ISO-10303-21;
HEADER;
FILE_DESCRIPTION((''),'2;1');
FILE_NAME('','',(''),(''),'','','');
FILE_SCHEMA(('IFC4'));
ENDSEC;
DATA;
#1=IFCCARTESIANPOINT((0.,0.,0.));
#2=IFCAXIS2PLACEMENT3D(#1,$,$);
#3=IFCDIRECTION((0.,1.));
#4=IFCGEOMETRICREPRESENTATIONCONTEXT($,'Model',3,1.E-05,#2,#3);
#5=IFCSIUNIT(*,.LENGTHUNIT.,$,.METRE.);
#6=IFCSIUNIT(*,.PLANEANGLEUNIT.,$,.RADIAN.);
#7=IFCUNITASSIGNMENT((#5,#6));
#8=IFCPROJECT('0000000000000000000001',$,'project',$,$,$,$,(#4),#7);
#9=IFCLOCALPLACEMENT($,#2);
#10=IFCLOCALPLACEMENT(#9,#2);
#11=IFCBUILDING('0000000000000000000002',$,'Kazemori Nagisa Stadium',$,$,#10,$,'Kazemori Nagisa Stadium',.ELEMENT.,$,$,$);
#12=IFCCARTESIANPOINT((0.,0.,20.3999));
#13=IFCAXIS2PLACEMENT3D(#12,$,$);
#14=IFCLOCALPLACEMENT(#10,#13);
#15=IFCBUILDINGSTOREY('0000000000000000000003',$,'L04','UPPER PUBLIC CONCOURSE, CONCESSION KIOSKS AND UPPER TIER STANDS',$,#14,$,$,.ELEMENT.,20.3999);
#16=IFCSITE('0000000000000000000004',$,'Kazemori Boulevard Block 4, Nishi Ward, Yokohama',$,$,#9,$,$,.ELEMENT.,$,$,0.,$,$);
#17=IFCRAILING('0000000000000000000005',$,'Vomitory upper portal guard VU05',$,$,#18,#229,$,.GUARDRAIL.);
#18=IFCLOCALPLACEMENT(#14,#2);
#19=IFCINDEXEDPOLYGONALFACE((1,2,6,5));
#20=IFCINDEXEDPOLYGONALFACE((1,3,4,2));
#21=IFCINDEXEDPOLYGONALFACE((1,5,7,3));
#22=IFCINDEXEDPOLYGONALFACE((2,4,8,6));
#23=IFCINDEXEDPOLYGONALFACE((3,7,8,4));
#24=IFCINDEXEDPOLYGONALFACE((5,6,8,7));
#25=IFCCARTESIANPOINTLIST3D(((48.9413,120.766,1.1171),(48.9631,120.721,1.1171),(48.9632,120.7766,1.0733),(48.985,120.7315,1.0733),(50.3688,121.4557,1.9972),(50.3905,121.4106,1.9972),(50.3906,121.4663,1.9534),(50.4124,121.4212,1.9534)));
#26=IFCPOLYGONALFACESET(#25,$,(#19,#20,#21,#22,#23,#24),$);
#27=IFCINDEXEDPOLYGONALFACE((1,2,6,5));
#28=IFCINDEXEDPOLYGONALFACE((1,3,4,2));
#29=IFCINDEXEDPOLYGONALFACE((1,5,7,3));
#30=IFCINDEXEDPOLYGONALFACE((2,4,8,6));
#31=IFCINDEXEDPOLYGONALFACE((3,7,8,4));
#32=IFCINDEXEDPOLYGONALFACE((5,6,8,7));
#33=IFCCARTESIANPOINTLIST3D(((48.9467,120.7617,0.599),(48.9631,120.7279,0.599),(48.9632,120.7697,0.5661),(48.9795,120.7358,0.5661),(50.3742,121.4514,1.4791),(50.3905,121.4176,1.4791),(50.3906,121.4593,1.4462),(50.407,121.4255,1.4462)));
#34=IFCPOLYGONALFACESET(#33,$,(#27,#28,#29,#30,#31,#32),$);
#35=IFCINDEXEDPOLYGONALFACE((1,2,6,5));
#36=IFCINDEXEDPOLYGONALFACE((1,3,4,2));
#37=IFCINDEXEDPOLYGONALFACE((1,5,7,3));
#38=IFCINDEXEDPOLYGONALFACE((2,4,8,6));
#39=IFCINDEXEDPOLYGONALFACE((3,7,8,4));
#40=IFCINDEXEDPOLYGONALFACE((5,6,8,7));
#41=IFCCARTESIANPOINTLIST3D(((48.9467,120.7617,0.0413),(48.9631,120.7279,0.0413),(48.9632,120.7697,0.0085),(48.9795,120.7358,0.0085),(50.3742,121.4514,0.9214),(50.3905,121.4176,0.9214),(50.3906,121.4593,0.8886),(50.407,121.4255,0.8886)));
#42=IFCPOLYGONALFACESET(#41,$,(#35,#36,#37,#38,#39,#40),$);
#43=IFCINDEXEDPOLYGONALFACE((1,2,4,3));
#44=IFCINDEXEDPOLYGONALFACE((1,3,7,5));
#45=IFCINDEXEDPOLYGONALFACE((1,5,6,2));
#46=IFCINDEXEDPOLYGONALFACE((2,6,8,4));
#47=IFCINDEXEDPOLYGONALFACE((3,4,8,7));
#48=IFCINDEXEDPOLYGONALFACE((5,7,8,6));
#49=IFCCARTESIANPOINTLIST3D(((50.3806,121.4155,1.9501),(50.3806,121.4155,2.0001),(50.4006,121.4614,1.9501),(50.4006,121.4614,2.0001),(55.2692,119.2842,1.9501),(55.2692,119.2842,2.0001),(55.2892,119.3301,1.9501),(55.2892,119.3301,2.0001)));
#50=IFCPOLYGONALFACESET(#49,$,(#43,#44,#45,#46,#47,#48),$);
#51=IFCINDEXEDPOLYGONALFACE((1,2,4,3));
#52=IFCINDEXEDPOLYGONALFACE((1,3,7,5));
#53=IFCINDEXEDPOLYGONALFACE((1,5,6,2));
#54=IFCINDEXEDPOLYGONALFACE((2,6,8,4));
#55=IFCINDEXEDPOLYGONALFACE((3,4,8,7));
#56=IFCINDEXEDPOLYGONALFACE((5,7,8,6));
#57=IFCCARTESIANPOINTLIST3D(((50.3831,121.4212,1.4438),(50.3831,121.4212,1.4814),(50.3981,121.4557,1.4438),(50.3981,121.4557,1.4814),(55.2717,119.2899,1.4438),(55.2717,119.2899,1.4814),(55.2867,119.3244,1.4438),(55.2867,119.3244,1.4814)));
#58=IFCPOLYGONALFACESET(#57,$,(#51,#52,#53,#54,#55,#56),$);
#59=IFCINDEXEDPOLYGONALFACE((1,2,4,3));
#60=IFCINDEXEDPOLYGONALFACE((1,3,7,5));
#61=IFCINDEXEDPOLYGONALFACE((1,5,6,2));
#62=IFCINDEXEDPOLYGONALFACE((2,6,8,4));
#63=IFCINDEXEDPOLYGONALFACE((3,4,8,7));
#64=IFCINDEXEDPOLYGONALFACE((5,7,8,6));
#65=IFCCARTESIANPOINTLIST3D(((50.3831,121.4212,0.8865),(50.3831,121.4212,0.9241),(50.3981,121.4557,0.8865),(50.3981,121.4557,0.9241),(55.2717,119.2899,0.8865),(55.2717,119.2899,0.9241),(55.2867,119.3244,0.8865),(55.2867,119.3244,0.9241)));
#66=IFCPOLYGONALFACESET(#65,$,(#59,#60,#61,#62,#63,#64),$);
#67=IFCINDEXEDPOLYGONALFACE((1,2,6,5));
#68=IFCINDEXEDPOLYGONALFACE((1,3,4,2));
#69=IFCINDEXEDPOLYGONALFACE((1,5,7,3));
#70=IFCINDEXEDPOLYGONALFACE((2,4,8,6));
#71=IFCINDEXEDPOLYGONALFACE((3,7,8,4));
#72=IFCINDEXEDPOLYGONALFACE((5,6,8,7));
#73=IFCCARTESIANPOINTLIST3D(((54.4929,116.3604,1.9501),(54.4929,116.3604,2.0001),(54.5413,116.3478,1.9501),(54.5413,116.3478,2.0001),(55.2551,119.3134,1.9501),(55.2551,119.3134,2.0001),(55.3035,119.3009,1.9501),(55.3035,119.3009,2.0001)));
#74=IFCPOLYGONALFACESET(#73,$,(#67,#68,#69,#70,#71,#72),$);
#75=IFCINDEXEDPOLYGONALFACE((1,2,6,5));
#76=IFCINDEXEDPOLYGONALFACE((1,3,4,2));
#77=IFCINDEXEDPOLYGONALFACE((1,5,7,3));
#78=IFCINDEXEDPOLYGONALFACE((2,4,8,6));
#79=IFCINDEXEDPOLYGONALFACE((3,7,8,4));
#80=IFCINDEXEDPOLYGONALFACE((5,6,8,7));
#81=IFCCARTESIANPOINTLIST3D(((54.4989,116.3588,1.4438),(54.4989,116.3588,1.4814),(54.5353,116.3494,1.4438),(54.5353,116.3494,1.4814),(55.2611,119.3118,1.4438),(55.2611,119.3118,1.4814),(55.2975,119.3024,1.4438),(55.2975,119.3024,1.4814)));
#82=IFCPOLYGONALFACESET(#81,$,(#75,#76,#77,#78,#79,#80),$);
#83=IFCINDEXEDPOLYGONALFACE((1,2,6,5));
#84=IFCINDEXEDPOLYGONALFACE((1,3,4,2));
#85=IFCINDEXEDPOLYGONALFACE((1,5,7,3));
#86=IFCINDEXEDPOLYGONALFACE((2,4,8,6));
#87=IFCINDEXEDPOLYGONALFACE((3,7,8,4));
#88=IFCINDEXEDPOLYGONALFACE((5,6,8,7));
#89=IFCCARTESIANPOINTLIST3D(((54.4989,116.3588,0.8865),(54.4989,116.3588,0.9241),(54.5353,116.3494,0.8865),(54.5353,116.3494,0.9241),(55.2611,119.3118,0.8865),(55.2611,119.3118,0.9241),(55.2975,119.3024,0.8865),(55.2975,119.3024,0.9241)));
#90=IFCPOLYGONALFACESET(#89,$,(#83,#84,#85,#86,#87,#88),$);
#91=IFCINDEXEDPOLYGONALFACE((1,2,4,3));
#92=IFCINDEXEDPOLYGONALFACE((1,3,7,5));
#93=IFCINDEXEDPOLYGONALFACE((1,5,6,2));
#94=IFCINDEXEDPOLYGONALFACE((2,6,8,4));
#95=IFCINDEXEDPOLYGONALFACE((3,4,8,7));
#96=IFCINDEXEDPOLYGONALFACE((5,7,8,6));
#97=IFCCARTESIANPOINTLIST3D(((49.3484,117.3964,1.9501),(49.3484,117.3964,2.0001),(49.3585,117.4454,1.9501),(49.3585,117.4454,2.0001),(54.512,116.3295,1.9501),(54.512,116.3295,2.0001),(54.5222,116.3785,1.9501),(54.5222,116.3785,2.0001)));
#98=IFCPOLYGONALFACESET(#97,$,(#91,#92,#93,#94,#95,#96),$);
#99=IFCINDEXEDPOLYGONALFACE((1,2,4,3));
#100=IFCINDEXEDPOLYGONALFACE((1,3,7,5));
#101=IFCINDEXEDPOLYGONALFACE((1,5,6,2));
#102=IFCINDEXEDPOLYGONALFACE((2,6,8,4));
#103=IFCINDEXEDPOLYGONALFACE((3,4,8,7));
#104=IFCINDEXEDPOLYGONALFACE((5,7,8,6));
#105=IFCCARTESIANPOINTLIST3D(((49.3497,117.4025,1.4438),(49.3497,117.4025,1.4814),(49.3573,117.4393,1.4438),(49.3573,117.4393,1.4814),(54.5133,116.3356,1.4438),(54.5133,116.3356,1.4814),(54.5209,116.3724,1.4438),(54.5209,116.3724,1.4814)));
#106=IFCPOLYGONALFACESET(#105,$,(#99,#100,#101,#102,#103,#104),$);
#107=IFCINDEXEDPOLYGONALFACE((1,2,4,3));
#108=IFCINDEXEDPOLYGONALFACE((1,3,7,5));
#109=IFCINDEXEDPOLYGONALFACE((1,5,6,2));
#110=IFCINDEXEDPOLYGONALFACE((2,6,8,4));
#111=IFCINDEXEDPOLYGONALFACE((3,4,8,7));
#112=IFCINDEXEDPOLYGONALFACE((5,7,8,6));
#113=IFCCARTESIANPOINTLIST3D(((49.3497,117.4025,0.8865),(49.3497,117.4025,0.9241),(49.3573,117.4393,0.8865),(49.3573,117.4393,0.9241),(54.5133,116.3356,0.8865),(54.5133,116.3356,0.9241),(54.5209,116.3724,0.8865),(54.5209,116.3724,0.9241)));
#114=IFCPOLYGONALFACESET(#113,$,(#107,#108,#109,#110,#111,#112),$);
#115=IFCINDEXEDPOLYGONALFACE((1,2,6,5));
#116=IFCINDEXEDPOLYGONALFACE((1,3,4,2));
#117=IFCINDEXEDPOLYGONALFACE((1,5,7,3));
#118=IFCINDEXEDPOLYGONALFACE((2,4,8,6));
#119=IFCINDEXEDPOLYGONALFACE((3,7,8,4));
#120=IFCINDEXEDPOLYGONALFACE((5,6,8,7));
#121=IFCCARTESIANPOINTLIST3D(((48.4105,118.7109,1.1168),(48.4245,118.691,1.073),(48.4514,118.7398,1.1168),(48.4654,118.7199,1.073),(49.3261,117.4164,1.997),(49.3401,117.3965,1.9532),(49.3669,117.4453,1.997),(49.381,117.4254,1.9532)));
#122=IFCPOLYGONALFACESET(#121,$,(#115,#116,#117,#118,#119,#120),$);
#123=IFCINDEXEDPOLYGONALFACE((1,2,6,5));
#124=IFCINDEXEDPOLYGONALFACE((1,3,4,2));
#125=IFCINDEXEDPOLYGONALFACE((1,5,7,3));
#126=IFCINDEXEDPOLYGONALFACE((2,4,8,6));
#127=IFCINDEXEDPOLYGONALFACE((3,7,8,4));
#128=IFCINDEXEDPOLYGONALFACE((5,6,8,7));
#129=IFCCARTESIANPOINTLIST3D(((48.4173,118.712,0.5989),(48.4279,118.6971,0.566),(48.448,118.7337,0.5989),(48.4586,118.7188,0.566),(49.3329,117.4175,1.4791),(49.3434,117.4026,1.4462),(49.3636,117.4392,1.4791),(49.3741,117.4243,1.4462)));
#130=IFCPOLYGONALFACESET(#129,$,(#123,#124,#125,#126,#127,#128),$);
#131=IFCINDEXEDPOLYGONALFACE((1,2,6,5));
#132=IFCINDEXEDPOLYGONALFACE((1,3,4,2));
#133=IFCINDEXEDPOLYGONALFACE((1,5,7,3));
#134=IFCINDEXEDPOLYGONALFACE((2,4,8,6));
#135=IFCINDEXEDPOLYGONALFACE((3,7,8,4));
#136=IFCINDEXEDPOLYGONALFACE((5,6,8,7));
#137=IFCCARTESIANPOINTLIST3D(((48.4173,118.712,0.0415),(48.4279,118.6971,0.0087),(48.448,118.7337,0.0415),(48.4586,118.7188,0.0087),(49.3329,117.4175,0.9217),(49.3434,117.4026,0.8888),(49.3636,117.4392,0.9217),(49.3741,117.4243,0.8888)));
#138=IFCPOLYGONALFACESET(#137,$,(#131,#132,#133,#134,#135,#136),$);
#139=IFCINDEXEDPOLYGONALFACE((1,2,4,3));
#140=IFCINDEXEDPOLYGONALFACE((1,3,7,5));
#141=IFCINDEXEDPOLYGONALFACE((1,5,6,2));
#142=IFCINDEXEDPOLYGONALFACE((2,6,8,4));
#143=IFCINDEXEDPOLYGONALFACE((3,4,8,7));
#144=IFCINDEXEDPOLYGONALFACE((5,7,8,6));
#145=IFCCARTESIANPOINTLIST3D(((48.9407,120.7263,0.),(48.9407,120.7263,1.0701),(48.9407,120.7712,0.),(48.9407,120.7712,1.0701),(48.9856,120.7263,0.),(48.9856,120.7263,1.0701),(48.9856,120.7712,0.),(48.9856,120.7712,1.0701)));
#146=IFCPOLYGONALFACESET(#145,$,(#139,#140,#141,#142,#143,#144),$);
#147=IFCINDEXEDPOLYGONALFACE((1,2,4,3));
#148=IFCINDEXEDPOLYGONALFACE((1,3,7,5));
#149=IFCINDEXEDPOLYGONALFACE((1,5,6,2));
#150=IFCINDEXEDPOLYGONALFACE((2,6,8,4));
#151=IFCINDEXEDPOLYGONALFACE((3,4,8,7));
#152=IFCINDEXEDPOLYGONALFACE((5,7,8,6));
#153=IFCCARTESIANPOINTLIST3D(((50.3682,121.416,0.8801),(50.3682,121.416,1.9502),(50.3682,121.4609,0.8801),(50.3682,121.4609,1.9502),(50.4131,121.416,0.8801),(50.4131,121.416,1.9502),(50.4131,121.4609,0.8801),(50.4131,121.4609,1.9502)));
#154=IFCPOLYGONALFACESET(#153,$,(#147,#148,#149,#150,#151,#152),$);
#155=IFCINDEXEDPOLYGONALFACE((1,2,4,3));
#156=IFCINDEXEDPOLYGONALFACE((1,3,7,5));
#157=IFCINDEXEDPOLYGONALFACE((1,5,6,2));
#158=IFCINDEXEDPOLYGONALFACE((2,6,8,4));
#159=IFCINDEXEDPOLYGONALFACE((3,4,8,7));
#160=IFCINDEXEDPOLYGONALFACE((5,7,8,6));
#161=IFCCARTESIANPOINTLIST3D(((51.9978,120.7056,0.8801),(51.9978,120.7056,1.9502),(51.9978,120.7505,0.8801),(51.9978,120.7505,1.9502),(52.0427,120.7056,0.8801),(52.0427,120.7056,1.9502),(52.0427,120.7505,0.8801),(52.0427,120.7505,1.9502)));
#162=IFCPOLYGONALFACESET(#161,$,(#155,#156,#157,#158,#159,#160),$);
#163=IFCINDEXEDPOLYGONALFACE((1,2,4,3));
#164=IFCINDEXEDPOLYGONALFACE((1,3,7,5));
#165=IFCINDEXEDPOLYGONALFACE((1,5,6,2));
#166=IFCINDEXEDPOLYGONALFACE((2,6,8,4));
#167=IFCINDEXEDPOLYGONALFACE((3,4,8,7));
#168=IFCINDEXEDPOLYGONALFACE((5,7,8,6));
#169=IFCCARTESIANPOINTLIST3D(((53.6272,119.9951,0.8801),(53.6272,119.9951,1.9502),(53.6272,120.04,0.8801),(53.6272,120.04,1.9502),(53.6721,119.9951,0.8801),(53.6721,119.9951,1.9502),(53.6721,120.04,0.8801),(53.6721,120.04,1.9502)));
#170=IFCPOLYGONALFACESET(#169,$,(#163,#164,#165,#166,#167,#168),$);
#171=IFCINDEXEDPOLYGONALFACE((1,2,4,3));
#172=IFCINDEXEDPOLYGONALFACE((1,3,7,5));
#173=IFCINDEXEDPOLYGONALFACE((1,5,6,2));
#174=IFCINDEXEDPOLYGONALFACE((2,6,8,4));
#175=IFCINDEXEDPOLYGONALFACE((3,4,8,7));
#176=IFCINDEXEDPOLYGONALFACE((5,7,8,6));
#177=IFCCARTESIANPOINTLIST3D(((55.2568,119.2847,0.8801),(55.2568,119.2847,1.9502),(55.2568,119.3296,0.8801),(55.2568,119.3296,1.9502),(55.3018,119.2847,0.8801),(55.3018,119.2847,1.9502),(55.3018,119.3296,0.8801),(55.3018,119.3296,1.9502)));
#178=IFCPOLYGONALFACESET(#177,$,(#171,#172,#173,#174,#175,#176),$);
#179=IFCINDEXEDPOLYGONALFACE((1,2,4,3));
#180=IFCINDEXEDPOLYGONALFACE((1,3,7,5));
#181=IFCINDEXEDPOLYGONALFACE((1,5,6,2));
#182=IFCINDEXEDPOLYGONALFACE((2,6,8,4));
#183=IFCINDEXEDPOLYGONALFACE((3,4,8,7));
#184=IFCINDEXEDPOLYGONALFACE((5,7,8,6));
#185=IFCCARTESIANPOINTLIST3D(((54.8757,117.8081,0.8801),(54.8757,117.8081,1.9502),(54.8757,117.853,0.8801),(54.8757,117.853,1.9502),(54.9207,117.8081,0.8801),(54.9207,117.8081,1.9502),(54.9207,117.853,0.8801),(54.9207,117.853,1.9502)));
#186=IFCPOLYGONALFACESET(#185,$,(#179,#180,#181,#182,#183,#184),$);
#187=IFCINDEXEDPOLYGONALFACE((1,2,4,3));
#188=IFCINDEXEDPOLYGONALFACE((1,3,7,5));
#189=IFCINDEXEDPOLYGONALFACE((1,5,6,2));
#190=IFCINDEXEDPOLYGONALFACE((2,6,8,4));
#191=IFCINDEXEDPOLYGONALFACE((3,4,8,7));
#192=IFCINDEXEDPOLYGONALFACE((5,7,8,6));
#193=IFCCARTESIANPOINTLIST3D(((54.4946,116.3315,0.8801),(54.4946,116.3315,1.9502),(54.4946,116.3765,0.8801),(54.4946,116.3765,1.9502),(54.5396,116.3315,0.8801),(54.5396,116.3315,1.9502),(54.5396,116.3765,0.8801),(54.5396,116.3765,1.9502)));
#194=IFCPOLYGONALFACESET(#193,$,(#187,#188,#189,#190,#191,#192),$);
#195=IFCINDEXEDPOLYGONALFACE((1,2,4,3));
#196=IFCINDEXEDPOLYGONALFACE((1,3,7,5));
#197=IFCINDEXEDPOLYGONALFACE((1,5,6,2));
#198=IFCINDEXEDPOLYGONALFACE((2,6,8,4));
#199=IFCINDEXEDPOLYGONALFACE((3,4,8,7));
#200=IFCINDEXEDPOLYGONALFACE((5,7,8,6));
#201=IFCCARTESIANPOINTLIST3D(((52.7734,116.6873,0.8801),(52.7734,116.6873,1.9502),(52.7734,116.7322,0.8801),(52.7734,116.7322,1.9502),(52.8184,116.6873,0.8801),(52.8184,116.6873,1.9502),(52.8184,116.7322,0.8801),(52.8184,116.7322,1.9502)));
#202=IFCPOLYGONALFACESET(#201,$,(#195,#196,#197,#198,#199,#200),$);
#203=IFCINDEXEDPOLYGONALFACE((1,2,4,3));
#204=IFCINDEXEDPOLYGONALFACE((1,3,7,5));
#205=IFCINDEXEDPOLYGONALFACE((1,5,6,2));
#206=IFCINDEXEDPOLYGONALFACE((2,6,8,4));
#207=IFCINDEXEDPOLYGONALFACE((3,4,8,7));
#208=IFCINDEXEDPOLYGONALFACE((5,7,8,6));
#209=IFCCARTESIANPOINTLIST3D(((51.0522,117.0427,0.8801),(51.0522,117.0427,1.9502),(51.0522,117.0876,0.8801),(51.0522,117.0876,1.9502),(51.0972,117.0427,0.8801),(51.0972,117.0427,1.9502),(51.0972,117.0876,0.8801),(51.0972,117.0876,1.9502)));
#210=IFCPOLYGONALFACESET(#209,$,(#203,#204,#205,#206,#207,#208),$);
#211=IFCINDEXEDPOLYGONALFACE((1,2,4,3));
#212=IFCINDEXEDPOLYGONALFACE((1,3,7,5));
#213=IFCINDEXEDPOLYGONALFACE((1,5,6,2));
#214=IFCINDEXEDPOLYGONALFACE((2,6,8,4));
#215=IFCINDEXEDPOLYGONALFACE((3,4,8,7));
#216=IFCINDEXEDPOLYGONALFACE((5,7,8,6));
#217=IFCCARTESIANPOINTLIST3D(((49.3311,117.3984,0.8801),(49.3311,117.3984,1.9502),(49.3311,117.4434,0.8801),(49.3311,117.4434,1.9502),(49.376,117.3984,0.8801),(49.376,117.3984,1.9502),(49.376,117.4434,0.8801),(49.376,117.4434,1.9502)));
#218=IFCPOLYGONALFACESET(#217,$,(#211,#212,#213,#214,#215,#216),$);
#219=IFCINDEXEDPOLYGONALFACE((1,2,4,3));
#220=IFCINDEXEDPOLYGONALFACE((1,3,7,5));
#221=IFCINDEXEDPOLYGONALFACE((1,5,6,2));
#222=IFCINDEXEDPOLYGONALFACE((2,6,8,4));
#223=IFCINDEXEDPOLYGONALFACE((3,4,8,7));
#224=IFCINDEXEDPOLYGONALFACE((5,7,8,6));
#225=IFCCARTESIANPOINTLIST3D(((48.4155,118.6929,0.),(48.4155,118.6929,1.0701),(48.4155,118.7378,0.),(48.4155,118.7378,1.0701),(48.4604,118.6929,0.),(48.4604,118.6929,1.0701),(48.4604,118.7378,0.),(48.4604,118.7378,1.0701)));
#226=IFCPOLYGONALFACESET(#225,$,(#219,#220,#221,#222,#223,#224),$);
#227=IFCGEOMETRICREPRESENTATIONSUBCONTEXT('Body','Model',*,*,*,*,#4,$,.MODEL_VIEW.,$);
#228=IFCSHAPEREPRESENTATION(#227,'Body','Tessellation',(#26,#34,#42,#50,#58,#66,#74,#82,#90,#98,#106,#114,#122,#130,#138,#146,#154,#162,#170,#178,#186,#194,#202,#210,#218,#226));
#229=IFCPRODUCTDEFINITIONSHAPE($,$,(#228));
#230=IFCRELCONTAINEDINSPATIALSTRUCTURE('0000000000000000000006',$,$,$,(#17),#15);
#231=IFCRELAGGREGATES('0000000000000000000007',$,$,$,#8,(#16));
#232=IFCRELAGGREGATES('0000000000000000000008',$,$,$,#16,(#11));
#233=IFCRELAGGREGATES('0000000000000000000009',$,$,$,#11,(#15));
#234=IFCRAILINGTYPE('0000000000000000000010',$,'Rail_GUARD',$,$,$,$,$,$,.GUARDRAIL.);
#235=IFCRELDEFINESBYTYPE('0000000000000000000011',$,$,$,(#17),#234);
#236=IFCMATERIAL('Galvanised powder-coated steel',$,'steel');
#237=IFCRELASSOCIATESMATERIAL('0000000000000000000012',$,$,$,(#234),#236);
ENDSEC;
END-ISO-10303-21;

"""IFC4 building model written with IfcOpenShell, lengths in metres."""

from ifc_helpers import new_model, si_unit, direction, frame, origin, origin_2d, place, context, subcontext, project, spatial, rectangle, extrude, material, type_object, element, save


model = new_model("IFC4")

# Units and contexts
model_context = context("Model", 3, precision=1e-05, world=origin(), true_north=direction((0.0, 1.0)))
body_context = subcontext(model_context, "Body", "Model", "MODEL_VIEW")
ifc_project = project(units=[si_unit("LENGTHUNIT", "METRE"), si_unit("PLANEANGLEUNIT", "RADIAN")], contexts=[model_context])

# Site, building, storey
site_placement = place(None, origin())
site = spatial("IfcSite", under=ifc_project, at=site_placement, Name="Kazemori Boulevard Block 4, Nishi Ward, Yokohama", CompositionType="ELEMENT", RefElevation=0.0)
building_placement = place(site_placement, origin())
building = spatial("IfcBuilding", under=site, at=building_placement, Name="Kazemori Nagisa Stadium", LongName="Kazemori Nagisa Stadium", CompositionType="ELEMENT")
storey_placement = place(building_placement, frame((0.0, 0.0, 20.3999)))
storey = spatial("IfcBuildingStorey", under=building, at=storey_placement, Name="L04", Description="UPPER PUBLIC CONCOURSE, CONCESSION KIOSKS AND UPPER TIER STANDS", CompositionType="ELEMENT", Elevation=20.3999)

# Railing
ifc_material_1 = material(Name="Galvanised powder-coated steel", Category="steel")
railing_type_1 = type_object("IfcRailingType", Name="Rail_GUARD", PredefinedType="GUARDRAIL", material=ifc_material_1)
railing_1_placement = place(storey_placement, frame((48.9631, 120.7488, 0.0)))
element("IfcRailing", 1, at=railing_1_placement, inside=storey, type_object=railing_type_1, Name="Vomitory upper portal guard VU05", PredefinedType="GUARDRAIL", context=body_context, shape_type="SweptSolid", body=[
    extrude(rectangle(XDim=0.05, YDim=0.05, at=origin_2d()), frame((0.0, 0.0, 1.0952), z_axis=(0.787236, 0.380356, 0.485375), x_axis=(-0.435038, 0.900412, 0.0)), (0.0, 0.0, 1.0), 1.8132),
    extrude(rectangle(XDim=0.0376, YDim=0.0376, at=origin_2d()), frame((0.0, 0.0, 0.5825), z_axis=(0.787236, 0.380356, 0.485375), x_axis=(-0.435038, 0.900412, 0.0)), (0.0, 0.0, 1.0), 1.8132),
    extrude(rectangle(XDim=0.0376, YDim=0.0376, at=origin_2d()), frame((0.0, 0.0, 0.0249), z_axis=(0.787236, 0.380356, 0.485375), x_axis=(-0.435038, 0.900412, 0.0)), (0.0, 0.0, 1.0), 1.8132),
    extrude(rectangle(XDim=0.05, YDim=0.05, at=origin_2d()), frame((1.4275, 0.6897, 1.9751), z_axis=(0.916669, -0.399647, 0.0), x_axis=(0.399647, 0.916669, 0.0)), (0.0, 0.0, 1.0), 5.333),
    extrude(rectangle(XDim=0.0376, YDim=0.0376, at=origin_2d()), frame((1.4275, 0.6897, 1.4626), z_axis=(0.916669, -0.399647, 0.0), x_axis=(0.399647, 0.916669, 0.0)), (0.0, 0.0, 1.0), 5.333),
    extrude(rectangle(XDim=0.0376, YDim=0.0376, at=origin_2d()), frame((1.4275, 0.6897, 0.9053), z_axis=(0.916669, -0.399647, 0.0), x_axis=(0.399647, 0.916669, 0.0)), (0.0, 0.0, 1.0), 5.333),
    extrude(rectangle(XDim=0.05, YDim=0.05, at=origin_2d()), frame((6.3162, -1.4417, 1.9751), z_axis=(-0.249912, -0.968269, 0.0), x_axis=(0.968269, -0.249912, 0.0)), (0.0, 0.0, 1.0), 3.0498),
    extrude(rectangle(XDim=0.0376, YDim=0.0376, at=origin_2d()), frame((6.3162, -1.4417, 1.4626), z_axis=(-0.249912, -0.968269, 0.0), x_axis=(0.968269, -0.249912, 0.0)), (0.0, 0.0, 1.0), 3.0498),
    extrude(rectangle(XDim=0.0376, YDim=0.0376, at=origin_2d()), frame((6.3162, -1.4417, 0.9053), z_axis=(-0.249912, -0.968269, 0.0), x_axis=(0.968269, -0.249912, 0.0)), (0.0, 0.0, 1.0), 3.0498),
    extrude(rectangle(XDim=0.05, YDim=0.05, at=origin_2d()), frame((5.554, -4.3948, 1.9751), z_axis=(-0.979314, 0.202345, 0.0), x_axis=(-0.202345, -0.979314, 0.0)), (0.0, 0.0, 1.0), 5.2727),
    extrude(rectangle(XDim=0.0376, YDim=0.0376, at=origin_2d()), frame((5.554, -4.3948, 1.4626), z_axis=(-0.979314, 0.202345, 0.0), x_axis=(-0.202345, -0.979314, 0.0)), (0.0, 0.0, 1.0), 5.2727),
    extrude(rectangle(XDim=0.0376, YDim=0.0376, at=origin_2d()), frame((5.554, -4.3948, 0.9053), z_axis=(-0.979314, 0.202345, 0.0), x_axis=(-0.202345, -0.979314, 0.0)), (0.0, 0.0, 1.0), 5.2727),
    extrude(rectangle(XDim=0.05, YDim=0.05, at=origin_2d()), frame((0.3904, -3.3279, 1.9751), z_axis=(-0.504871, 0.713821, -0.48535), x_axis=(-0.81643, -0.577445, 0.0)), (0.0, 0.0, 1.0), 1.8135),
    extrude(rectangle(XDim=0.0376, YDim=0.0376, at=origin_2d()), frame((0.3904, -3.3279, 1.4626), z_axis=(-0.504871, 0.713821, -0.48535), x_axis=(-0.81643, -0.577445, 0.0)), (0.0, 0.0, 1.0), 1.8135),
    extrude(rectangle(XDim=0.0376, YDim=0.0376, at=origin_2d()), frame((0.3904, -3.3279, 0.9053), z_axis=(-0.504871, 0.713821, -0.48535), x_axis=(-0.81643, -0.577445, 0.0)), (0.0, 0.0, 1.0), 1.8135),
    extrude(rectangle(XDim=0.0449, YDim=0.0449, at=origin_2d()), origin(), (0.0, 0.0, 1.0), 1.0701),
    extrude(rectangle(XDim=0.0449, YDim=0.0449, at=origin_2d()), frame((1.4275, 0.6897, 0.8801)), (0.0, 0.0, 1.0), 1.0701),
    extrude(rectangle(XDim=0.0449, YDim=0.0449, at=origin_2d()), frame((3.0571, -0.0208, 0.8801)), (0.0, 0.0, 1.0), 1.0701),
    extrude(rectangle(XDim=0.0449, YDim=0.0449, at=origin_2d()), frame((4.6865, -0.7312, 0.8801)), (0.0, 0.0, 1.0), 1.0701),
    extrude(rectangle(XDim=0.0449, YDim=0.0449, at=origin_2d()), frame((6.3162, -1.4417, 0.8801)), (0.0, 0.0, 1.0), 1.0701),
    extrude(rectangle(XDim=0.0449, YDim=0.0449, at=origin_2d()), frame((5.9351, -2.9182, 0.8801)), (0.0, 0.0, 1.0), 1.0701),
    extrude(rectangle(XDim=0.0449, YDim=0.0449, at=origin_2d()), frame((5.554, -4.3948, 0.8801)), (0.0, 0.0, 1.0), 1.0701),
    extrude(rectangle(XDim=0.0449, YDim=0.0449, at=origin_2d()), frame((3.8328, -4.0391, 0.8801)), (0.0, 0.0, 1.0), 1.0701),
    extrude(rectangle(XDim=0.0449, YDim=0.0449, at=origin_2d()), frame((2.1116, -3.6836, 0.8801)), (0.0, 0.0, 1.0), 1.0701),
    extrude(rectangle(XDim=0.0449, YDim=0.0449, at=origin_2d()), frame((0.3904, -3.3279, 0.8801)), (0.0, 0.0, 1.0), 1.0701),
    extrude(rectangle(XDim=0.0449, YDim=0.0449, at=origin_2d()), frame((-0.5251, -2.0334, 0.0)), (0.0, 0.0, 1.0), 1.0701),
])

save(model, "model.ifc")
